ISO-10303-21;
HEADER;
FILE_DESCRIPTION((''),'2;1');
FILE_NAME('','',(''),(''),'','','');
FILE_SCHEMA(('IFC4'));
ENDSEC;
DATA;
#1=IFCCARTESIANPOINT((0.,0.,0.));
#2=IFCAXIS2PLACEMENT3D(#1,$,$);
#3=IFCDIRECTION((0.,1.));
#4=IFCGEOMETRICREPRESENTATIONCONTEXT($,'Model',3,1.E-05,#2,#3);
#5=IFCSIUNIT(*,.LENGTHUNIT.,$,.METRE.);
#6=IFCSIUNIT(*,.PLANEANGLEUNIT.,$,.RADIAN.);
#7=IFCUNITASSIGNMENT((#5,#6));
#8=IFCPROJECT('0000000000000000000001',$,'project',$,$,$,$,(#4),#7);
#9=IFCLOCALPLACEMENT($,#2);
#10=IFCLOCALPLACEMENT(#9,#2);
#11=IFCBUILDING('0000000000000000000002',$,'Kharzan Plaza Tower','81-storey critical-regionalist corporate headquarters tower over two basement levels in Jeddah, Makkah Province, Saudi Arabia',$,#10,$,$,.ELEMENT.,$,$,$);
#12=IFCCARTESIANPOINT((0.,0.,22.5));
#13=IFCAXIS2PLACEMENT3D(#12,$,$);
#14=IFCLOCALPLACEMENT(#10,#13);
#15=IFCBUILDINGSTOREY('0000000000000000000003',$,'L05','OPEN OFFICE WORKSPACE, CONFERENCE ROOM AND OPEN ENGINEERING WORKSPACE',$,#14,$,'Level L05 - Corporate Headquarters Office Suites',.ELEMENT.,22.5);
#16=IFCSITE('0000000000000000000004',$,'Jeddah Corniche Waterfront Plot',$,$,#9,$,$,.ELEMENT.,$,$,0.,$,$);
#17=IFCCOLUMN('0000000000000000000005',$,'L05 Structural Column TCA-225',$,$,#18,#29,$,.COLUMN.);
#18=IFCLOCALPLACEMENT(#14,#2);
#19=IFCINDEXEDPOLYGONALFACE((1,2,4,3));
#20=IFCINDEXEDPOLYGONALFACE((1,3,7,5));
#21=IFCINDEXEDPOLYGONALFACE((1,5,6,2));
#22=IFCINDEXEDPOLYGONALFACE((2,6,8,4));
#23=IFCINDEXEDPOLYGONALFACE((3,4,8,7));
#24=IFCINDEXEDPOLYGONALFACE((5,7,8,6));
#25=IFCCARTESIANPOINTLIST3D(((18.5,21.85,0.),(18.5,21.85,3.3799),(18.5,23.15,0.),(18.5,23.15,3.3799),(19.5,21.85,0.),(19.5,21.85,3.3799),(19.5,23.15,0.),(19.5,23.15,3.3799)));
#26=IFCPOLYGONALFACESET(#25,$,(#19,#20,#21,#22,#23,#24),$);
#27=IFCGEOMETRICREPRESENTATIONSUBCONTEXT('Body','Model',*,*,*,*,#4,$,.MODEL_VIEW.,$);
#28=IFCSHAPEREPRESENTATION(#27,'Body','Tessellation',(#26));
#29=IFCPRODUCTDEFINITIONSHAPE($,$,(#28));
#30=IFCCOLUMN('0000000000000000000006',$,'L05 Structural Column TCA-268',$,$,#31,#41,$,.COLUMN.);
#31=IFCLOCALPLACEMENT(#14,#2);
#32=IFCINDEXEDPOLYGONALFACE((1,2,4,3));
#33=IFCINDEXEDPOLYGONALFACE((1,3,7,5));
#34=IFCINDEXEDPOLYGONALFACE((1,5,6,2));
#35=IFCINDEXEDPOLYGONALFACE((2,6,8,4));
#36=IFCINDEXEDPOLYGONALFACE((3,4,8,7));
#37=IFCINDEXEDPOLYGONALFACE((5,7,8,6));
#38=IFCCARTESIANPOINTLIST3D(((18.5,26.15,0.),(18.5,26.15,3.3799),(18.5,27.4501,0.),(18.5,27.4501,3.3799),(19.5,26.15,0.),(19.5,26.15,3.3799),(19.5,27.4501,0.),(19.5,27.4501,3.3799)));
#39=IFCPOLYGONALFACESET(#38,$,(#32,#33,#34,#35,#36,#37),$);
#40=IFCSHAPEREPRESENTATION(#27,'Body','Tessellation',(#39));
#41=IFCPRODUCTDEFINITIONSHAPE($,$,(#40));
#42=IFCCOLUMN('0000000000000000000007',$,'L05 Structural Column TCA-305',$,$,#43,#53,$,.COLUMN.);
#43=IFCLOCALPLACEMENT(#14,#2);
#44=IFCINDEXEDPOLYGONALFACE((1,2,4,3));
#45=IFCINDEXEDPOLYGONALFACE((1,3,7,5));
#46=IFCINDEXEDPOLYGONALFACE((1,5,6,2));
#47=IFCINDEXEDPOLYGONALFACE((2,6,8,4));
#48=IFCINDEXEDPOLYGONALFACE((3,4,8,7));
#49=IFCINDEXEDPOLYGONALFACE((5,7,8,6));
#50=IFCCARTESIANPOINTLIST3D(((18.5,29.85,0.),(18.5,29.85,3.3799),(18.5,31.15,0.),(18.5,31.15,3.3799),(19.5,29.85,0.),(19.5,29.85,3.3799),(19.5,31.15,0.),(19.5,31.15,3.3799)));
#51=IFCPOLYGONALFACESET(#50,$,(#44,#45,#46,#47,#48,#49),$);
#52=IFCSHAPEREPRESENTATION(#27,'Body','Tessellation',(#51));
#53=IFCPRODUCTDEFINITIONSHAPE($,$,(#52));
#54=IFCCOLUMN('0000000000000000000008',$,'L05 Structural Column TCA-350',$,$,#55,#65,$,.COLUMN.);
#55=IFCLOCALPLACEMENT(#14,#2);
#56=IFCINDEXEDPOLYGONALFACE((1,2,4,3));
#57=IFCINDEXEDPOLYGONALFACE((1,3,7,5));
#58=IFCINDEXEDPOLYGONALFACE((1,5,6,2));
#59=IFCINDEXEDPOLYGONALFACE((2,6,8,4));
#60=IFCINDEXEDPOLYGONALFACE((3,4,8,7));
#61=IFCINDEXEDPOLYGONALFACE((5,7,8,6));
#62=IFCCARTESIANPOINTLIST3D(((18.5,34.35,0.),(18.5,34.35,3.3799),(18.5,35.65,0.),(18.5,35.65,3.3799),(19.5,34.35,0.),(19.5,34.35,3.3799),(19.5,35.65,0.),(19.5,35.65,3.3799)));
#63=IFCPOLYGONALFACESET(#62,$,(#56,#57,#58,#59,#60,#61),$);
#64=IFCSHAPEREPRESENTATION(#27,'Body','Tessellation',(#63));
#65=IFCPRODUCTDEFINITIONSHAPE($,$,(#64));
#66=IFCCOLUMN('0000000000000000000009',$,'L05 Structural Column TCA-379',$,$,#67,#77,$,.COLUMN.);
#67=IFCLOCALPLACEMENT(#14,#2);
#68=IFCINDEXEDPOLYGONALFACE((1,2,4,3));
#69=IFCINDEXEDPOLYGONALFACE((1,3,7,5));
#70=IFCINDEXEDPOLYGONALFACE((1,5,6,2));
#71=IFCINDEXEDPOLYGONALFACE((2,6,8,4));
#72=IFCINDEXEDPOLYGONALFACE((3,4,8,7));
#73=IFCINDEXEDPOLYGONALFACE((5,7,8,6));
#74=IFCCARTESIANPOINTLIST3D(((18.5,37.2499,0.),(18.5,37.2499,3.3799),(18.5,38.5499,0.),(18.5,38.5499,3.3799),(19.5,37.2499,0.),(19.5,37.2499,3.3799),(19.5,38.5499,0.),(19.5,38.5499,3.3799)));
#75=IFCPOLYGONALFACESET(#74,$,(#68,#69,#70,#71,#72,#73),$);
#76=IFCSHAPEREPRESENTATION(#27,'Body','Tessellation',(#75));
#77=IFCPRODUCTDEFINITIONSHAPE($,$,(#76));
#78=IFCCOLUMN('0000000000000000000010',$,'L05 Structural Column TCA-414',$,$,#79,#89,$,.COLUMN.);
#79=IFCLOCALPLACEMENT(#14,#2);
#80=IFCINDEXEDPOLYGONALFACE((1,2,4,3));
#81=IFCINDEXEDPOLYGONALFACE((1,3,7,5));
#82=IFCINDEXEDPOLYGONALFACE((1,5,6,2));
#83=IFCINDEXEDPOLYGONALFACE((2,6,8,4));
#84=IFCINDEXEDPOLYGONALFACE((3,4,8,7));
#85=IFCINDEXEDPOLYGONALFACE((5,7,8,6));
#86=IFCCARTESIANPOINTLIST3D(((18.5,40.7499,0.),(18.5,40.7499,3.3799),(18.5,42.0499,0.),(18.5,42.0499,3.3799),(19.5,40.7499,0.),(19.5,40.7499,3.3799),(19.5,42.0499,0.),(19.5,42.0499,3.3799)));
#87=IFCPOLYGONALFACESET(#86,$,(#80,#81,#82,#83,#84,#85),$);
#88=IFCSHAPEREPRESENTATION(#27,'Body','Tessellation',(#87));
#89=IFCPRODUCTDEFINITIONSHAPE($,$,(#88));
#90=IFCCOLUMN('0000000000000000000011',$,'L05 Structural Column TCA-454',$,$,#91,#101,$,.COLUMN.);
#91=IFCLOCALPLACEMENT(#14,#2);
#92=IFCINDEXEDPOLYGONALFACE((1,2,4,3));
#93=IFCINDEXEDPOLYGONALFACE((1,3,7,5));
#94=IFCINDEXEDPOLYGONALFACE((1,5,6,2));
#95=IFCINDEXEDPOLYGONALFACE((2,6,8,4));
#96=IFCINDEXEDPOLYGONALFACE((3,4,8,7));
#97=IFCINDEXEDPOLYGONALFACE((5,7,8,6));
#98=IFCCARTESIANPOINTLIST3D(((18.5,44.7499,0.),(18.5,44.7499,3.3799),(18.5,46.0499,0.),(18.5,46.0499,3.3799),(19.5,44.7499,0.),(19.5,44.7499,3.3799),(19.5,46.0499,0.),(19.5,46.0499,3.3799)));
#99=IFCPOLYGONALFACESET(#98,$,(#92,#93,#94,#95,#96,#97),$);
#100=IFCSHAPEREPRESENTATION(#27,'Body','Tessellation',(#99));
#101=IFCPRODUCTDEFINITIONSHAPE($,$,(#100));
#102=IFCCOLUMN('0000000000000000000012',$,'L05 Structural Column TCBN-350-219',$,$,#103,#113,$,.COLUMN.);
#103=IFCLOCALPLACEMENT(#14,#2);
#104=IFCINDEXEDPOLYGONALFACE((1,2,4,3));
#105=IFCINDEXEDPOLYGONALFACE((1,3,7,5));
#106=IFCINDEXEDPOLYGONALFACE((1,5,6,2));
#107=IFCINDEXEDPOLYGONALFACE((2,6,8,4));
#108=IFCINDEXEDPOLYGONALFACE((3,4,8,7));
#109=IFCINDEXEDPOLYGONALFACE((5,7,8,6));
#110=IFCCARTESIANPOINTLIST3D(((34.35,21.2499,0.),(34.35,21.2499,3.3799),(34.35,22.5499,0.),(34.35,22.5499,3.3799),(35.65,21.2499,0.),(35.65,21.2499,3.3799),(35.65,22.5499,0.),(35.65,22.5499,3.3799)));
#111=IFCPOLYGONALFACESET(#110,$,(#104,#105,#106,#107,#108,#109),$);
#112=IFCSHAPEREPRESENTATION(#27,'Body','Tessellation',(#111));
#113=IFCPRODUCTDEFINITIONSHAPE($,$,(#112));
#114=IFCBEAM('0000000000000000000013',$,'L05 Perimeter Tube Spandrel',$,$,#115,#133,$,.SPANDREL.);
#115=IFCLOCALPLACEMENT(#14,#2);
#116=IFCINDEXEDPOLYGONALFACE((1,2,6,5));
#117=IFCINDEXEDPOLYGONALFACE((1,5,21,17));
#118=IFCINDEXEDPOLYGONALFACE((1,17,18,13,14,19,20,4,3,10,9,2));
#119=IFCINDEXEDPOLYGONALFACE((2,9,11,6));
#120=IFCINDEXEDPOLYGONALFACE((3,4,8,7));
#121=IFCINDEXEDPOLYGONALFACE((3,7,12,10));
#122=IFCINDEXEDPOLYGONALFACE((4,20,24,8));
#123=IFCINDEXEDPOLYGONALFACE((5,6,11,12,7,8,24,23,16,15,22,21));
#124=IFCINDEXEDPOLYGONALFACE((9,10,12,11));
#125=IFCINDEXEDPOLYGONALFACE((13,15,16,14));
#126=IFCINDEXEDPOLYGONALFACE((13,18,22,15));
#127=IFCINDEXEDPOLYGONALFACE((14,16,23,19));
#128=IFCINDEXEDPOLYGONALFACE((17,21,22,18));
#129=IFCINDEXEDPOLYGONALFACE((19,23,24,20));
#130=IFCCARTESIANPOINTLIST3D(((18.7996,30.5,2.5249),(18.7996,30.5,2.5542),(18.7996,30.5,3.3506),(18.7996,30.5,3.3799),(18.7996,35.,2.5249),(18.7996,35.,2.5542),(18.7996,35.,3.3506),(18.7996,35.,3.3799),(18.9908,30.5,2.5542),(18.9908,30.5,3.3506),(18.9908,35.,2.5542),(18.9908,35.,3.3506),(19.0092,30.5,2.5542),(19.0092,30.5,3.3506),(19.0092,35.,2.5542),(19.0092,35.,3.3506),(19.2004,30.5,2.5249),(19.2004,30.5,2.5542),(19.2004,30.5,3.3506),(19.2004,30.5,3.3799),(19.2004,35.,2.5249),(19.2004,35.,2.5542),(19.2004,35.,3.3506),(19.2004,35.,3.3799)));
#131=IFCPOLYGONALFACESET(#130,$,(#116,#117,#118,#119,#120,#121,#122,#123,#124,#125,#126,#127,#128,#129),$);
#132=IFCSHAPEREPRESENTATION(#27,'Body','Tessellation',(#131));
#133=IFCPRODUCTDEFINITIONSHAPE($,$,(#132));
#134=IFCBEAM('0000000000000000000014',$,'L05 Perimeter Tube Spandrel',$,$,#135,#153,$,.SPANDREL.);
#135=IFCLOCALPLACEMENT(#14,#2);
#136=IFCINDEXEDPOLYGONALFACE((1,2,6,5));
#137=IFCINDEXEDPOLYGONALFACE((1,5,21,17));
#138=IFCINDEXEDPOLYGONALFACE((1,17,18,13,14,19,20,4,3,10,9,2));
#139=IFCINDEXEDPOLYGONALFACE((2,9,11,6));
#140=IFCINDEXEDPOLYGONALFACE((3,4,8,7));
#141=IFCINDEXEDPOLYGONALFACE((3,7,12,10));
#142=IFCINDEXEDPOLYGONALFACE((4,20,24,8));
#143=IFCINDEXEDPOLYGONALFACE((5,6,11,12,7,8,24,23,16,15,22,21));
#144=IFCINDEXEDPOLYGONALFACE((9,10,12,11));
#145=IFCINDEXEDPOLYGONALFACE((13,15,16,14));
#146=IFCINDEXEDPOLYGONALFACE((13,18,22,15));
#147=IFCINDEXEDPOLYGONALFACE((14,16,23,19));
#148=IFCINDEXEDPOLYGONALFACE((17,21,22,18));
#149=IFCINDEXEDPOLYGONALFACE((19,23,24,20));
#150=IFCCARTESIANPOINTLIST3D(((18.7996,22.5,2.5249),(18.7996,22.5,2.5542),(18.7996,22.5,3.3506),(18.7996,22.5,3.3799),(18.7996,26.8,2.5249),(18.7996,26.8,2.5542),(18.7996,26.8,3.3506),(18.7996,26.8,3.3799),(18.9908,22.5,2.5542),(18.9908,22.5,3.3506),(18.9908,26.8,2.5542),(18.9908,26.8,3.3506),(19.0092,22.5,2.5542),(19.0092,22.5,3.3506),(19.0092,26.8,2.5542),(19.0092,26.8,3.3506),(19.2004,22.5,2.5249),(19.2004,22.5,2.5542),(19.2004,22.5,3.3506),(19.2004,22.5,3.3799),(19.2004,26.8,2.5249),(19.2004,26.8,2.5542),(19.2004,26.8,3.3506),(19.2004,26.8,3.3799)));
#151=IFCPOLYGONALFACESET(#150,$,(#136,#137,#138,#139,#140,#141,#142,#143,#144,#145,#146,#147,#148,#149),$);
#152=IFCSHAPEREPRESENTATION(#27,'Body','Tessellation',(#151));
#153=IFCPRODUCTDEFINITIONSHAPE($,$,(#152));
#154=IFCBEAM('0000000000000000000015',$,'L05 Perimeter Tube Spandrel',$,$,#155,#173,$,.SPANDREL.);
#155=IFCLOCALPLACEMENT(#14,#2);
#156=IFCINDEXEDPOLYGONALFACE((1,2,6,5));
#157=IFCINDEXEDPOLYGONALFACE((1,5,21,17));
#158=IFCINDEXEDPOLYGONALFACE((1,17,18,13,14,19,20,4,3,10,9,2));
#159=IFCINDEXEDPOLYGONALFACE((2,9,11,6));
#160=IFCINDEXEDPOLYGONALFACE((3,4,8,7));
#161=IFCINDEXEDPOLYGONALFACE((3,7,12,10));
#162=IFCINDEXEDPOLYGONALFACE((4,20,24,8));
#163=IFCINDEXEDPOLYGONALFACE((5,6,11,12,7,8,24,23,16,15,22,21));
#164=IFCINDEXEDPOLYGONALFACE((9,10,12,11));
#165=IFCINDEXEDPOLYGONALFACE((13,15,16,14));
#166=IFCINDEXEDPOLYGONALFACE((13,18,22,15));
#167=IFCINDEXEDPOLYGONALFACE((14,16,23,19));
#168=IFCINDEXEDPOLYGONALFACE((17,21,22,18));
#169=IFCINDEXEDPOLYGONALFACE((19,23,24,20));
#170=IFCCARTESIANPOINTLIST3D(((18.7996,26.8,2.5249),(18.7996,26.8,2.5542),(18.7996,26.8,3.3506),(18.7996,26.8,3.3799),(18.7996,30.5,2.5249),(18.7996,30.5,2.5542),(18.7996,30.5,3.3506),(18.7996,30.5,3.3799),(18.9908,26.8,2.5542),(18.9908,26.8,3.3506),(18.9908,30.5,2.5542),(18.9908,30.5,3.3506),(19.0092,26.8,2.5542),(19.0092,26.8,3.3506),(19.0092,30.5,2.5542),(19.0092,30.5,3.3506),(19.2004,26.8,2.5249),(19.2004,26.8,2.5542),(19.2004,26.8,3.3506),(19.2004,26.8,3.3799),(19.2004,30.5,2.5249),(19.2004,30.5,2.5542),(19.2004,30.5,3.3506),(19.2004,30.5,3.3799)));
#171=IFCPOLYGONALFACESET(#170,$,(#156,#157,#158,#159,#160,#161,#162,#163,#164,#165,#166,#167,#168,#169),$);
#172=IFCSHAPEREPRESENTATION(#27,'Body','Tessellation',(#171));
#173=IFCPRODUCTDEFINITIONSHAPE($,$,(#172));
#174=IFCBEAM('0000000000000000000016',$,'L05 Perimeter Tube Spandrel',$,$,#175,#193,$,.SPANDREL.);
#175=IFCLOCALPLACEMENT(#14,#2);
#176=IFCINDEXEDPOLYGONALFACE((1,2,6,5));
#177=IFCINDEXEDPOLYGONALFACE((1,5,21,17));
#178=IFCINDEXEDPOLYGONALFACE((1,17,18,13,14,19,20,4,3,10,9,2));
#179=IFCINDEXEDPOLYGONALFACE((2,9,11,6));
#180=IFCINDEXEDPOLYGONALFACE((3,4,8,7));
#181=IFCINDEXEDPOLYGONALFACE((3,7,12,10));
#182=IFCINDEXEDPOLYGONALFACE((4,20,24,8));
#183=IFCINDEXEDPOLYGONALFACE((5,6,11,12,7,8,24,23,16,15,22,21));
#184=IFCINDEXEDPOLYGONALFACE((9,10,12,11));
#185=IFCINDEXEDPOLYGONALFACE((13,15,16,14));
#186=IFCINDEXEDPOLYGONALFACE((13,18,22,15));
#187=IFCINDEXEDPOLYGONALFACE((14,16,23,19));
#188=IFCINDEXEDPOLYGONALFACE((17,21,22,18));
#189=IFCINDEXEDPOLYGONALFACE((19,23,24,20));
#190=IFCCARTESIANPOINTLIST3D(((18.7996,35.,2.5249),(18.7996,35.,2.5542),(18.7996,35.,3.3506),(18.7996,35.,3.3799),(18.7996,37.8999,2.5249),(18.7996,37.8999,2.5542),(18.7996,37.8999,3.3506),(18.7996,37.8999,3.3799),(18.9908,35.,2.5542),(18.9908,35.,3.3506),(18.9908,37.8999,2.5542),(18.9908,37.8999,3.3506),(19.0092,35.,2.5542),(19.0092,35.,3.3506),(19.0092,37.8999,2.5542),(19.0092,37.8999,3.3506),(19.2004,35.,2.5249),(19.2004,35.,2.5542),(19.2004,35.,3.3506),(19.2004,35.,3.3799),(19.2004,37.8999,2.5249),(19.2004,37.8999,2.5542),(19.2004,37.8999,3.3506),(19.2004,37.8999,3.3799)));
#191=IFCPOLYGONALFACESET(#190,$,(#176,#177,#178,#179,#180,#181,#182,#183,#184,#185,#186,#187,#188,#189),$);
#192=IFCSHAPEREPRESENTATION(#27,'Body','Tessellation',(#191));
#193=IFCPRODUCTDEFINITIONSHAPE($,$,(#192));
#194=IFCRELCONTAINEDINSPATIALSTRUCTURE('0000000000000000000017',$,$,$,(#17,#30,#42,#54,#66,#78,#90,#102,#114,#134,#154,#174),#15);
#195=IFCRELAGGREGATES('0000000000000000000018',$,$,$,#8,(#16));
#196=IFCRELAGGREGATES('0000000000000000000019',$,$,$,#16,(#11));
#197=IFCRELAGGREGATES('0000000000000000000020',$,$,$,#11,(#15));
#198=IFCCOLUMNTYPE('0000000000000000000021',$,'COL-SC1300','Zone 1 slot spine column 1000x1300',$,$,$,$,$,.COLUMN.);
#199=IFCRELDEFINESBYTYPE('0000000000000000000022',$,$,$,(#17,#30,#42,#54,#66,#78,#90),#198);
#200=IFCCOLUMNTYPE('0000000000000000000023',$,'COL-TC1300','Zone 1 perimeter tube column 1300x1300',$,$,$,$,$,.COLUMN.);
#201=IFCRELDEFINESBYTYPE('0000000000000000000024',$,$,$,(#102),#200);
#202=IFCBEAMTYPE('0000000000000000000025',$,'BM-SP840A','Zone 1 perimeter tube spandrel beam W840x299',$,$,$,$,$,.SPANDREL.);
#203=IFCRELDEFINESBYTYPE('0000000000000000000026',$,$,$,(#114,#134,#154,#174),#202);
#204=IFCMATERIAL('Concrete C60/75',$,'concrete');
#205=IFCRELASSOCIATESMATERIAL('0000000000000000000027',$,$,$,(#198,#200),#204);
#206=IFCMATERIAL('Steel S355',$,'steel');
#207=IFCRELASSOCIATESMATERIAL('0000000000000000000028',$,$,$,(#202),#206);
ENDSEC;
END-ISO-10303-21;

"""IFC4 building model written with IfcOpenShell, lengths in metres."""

from ifc_helpers import new_model, si_unit, direction, frame, origin, origin_2d, place, context, subcontext, project, spatial, rectangle, i_section, extrude, source, transform, mapped, material, material_profile, profile_set, type_object, element, save


model = new_model("IFC4")

# Units and contexts
model_context = context("Model", 3, precision=1e-05, world=origin(), true_north=direction((0.0, 1.0)))
body_context = subcontext(model_context, "Body", "Model", "MODEL_VIEW")
ifc_project = project(units=[si_unit("LENGTHUNIT", "METRE"), si_unit("PLANEANGLEUNIT", "RADIAN")], contexts=[model_context])

# Site, building, storey
site_placement = place(None, origin())
site = spatial("IfcSite", under=ifc_project, at=site_placement, Name="Jeddah Corniche Waterfront Plot", CompositionType="ELEMENT", RefElevation=0.0)
building_placement = place(site_placement, origin())
building = spatial("IfcBuilding", under=site, at=building_placement, Name="Kharzan Plaza Tower", Description="81-storey critical-regionalist corporate headquarters tower over two basement levels in Jeddah, Makkah Province, Saudi Arabia", CompositionType="ELEMENT")
storey_placement = place(building_placement, frame((0.0, 0.0, 22.5)))
storey = spatial("IfcBuildingStorey", under=building, at=storey_placement, Name="L05", Description="OPEN OFFICE WORKSPACE, CONFERENCE ROOM AND OPEN ENGINEERING WORKSPACE", LongName="Level L05 - Corporate Headquarters Office Suites", CompositionType="ELEMENT", Elevation=22.5)

# Columns
ifc_material_1 = material(Name="Concrete C60/75", Category="concrete")
ifc_material_profile_1 = material_profile(ifc_material_1, rectangle(XDim=1.0, YDim=1.3, at=origin_2d()), Name="RC-SC1300x1000")
ifc_profile_set_1 = profile_set([ifc_material_profile_1], Name="Concrete C60/75")
column_type_1 = type_object("IfcColumnType", Name="COL-SC1300", Description="Zone 1 slot spine column 1000x1300", PredefinedType="COLUMN", material=ifc_profile_set_1)
shared_shape_1 = source(origin(), body_context, "Body", "SweptSolid", [
    extrude(rectangle(XDim=1.0, YDim=1.3, at=origin_2d()), origin(), (0.0, 0.0, 1.0), 3.3799),
])
for number, where, z_axis, x_axis, name in (
    (1, (19.0, 22.5, 0.0), (0.0, 0.0, 1.0), (1.0, 0.0, 0.0), "L05 Structural Column TCA-225"),
    (2, (19.0, 26.8, 0.0), (0.0, 0.0, 1.0), (1.0, 0.0, 0.0), "L05 Structural Column TCA-268"),
    (3, (19.0, 30.5, 0.0), (0.0, 0.0, 1.0), (1.0, 0.0, 0.0), "L05 Structural Column TCA-305"),
    (4, (19.0, 35.0, 0.0), (0.0, 0.0, 1.0), (1.0, 0.0, 0.0), "L05 Structural Column TCA-350"),
    (5, (19.0, 37.8999, 0.0), (0.0, 0.0, 1.0), (1.0, 0.0, 0.0), "L05 Structural Column TCA-379"),
    (6, (19.0, 41.3999, 0.0), (0.0, 0.0, 1.0), (1.0, 0.0, 0.0), "L05 Structural Column TCA-414"),
    (7, (19.0, 45.3999, 0.0), (0.0, 0.0, 1.0), (1.0, 0.0, 0.0), "L05 Structural Column TCA-454"),
):
    element("IfcColumn", number, at=place(storey_placement, frame(where, z_axis=z_axis, x_axis=x_axis)), inside=storey, type_object=column_type_1, Name=name, PredefinedType="COLUMN", context=body_context, shape_type="MappedRepresentation", body=[
        mapped(shared_shape_1, transform((0.0, 0.0, 0.0), x_axis=(1.0, 0.0, 0.0), y_axis=(0.0, 1.0, 0.0), z_axis=(0.0, 0.0, 1.0))),
    ])
ifc_material_profile_2 = material_profile(ifc_material_1, rectangle(XDim=1.3, YDim=1.3, at=origin_2d()), Name="RC-TC1300x1300")
ifc_profile_set_2 = profile_set([ifc_material_profile_2], Name="Concrete C60/75")
column_type_2 = type_object("IfcColumnType", Name="COL-TC1300", Description="Zone 1 perimeter tube column 1300x1300", PredefinedType="COLUMN", material=ifc_profile_set_2)
shared_shape_2 = source(origin(), body_context, "Body", "SweptSolid", [
    extrude(rectangle(XDim=1.3, YDim=1.3, at=origin_2d()), origin(), (0.0, 0.0, 1.0), 3.3799),
])
column_placement = place(storey_placement, frame((35.0, 21.8999, 0.0), z_axis=(0.0, 0.0, 1.0), x_axis=(1.0, 0.0, 0.0)))
element("IfcColumn", 8, at=column_placement, inside=storey, type_object=column_type_2, Name="L05 Structural Column TCBN-350-219", PredefinedType="COLUMN", context=body_context, shape_type="MappedRepresentation", body=[
    mapped(shared_shape_2, transform((0.0, 0.0, 0.0), x_axis=(1.0, 0.0, 0.0), y_axis=(0.0, 1.0, 0.0), z_axis=(0.0, 0.0, 1.0))),
])

# Beams
ifc_material_2 = material(Name="Steel S355", Category="steel")
ifc_material_profile_3 = material_profile(ifc_material_2, i_section(OverallWidth=0.4009, OverallDepth=0.855, WebThickness=0.0183, FlangeThickness=0.0293, at=origin_2d()), Name="W840x299")
ifc_profile_set_3 = profile_set([ifc_material_profile_3], Name="Steel S355")
beam_type_1 = type_object("IfcBeamType", Name="BM-SP840A", Description="Zone 1 perimeter tube spandrel beam W840x299", PredefinedType="SPANDREL", material=ifc_profile_set_3)
shared_shape_3 = source(origin(), body_context, "Body", "SweptSolid", [
    extrude(i_section(OverallWidth=0.4009, OverallDepth=0.855, WebThickness=0.0183, FlangeThickness=0.0293, at=origin_2d()), origin(), (0.0, 0.0, 1.0), 4.5),
])
beam_1_placement = place(storey_placement, frame((19.0, 30.5, 2.9524), z_axis=(0.0, 1.0, 0.0), x_axis=(-1.0, 0.0, 0.0)))
element("IfcBeam", 9, at=beam_1_placement, inside=storey, type_object=beam_type_1, Name="L05 Perimeter Tube Spandrel", PredefinedType="SPANDREL", context=body_context, shape_type="MappedRepresentation", body=[
    mapped(shared_shape_3, transform((0.0, 0.0, 0.0), x_axis=(1.0, 0.0, 0.0), y_axis=(0.0, 1.0, 0.0), z_axis=(0.0, 0.0, 1.0))),
])
shared_shape_4 = source(origin(), body_context, "Body", "SweptSolid", [
    extrude(i_section(OverallWidth=0.4009, OverallDepth=0.855, WebThickness=0.0183, FlangeThickness=0.0293, at=origin_2d()), origin(), (0.0, 0.0, 1.0), 4.3),
])
beam_2_placement = place(storey_placement, frame((19.0, 22.5, 2.9524), z_axis=(0.0, 1.0, 0.0), x_axis=(-1.0, 0.0, 0.0)))
element("IfcBeam", 10, at=beam_2_placement, inside=storey, type_object=beam_type_1, Name="L05 Perimeter Tube Spandrel", PredefinedType="SPANDREL", context=body_context, shape_type="MappedRepresentation", body=[
    mapped(shared_shape_4, transform((0.0, 0.0, 0.0), x_axis=(1.0, 0.0, 0.0), y_axis=(0.0, 1.0, 0.0), z_axis=(0.0, 0.0, 1.0))),
])
shared_shape_5 = source(origin(), body_context, "Body", "SweptSolid", [
    extrude(i_section(OverallWidth=0.4009, OverallDepth=0.855, WebThickness=0.0183, FlangeThickness=0.0293, at=origin_2d()), origin(), (0.0, 0.0, 1.0), 3.7),
])
beam_3_placement = place(storey_placement, frame((19.0, 26.8, 2.9524), z_axis=(0.0, 1.0, 0.0), x_axis=(-1.0, 0.0, 0.0)))
element("IfcBeam", 11, at=beam_3_placement, inside=storey, type_object=beam_type_1, Name="L05 Perimeter Tube Spandrel", PredefinedType="SPANDREL", context=body_context, shape_type="MappedRepresentation", body=[
    mapped(shared_shape_5, transform((0.0, 0.0, 0.0), x_axis=(1.0, 0.0, 0.0), y_axis=(0.0, 1.0, 0.0), z_axis=(0.0, 0.0, 1.0))),
])
shared_shape_6 = source(origin(), body_context, "Body", "SweptSolid", [
    extrude(i_section(OverallWidth=0.4009, OverallDepth=0.855, WebThickness=0.0183, FlangeThickness=0.0293, at=origin_2d()), origin(), (0.0, 0.0, 1.0), 2.8999),
])
beam_4_placement = place(storey_placement, frame((19.0, 35.0, 2.9524), z_axis=(0.0, 1.0, 0.0), x_axis=(-1.0, 0.0, 0.0)))
element("IfcBeam", 12, at=beam_4_placement, inside=storey, type_object=beam_type_1, Name="L05 Perimeter Tube Spandrel", PredefinedType="SPANDREL", context=body_context, shape_type="MappedRepresentation", body=[
    mapped(shared_shape_6, transform((0.0, 0.0, 0.0), x_axis=(1.0, 0.0, 0.0), y_axis=(0.0, 1.0, 0.0), z_axis=(0.0, 0.0, 1.0))),
])

save(model, "model.ifc")
